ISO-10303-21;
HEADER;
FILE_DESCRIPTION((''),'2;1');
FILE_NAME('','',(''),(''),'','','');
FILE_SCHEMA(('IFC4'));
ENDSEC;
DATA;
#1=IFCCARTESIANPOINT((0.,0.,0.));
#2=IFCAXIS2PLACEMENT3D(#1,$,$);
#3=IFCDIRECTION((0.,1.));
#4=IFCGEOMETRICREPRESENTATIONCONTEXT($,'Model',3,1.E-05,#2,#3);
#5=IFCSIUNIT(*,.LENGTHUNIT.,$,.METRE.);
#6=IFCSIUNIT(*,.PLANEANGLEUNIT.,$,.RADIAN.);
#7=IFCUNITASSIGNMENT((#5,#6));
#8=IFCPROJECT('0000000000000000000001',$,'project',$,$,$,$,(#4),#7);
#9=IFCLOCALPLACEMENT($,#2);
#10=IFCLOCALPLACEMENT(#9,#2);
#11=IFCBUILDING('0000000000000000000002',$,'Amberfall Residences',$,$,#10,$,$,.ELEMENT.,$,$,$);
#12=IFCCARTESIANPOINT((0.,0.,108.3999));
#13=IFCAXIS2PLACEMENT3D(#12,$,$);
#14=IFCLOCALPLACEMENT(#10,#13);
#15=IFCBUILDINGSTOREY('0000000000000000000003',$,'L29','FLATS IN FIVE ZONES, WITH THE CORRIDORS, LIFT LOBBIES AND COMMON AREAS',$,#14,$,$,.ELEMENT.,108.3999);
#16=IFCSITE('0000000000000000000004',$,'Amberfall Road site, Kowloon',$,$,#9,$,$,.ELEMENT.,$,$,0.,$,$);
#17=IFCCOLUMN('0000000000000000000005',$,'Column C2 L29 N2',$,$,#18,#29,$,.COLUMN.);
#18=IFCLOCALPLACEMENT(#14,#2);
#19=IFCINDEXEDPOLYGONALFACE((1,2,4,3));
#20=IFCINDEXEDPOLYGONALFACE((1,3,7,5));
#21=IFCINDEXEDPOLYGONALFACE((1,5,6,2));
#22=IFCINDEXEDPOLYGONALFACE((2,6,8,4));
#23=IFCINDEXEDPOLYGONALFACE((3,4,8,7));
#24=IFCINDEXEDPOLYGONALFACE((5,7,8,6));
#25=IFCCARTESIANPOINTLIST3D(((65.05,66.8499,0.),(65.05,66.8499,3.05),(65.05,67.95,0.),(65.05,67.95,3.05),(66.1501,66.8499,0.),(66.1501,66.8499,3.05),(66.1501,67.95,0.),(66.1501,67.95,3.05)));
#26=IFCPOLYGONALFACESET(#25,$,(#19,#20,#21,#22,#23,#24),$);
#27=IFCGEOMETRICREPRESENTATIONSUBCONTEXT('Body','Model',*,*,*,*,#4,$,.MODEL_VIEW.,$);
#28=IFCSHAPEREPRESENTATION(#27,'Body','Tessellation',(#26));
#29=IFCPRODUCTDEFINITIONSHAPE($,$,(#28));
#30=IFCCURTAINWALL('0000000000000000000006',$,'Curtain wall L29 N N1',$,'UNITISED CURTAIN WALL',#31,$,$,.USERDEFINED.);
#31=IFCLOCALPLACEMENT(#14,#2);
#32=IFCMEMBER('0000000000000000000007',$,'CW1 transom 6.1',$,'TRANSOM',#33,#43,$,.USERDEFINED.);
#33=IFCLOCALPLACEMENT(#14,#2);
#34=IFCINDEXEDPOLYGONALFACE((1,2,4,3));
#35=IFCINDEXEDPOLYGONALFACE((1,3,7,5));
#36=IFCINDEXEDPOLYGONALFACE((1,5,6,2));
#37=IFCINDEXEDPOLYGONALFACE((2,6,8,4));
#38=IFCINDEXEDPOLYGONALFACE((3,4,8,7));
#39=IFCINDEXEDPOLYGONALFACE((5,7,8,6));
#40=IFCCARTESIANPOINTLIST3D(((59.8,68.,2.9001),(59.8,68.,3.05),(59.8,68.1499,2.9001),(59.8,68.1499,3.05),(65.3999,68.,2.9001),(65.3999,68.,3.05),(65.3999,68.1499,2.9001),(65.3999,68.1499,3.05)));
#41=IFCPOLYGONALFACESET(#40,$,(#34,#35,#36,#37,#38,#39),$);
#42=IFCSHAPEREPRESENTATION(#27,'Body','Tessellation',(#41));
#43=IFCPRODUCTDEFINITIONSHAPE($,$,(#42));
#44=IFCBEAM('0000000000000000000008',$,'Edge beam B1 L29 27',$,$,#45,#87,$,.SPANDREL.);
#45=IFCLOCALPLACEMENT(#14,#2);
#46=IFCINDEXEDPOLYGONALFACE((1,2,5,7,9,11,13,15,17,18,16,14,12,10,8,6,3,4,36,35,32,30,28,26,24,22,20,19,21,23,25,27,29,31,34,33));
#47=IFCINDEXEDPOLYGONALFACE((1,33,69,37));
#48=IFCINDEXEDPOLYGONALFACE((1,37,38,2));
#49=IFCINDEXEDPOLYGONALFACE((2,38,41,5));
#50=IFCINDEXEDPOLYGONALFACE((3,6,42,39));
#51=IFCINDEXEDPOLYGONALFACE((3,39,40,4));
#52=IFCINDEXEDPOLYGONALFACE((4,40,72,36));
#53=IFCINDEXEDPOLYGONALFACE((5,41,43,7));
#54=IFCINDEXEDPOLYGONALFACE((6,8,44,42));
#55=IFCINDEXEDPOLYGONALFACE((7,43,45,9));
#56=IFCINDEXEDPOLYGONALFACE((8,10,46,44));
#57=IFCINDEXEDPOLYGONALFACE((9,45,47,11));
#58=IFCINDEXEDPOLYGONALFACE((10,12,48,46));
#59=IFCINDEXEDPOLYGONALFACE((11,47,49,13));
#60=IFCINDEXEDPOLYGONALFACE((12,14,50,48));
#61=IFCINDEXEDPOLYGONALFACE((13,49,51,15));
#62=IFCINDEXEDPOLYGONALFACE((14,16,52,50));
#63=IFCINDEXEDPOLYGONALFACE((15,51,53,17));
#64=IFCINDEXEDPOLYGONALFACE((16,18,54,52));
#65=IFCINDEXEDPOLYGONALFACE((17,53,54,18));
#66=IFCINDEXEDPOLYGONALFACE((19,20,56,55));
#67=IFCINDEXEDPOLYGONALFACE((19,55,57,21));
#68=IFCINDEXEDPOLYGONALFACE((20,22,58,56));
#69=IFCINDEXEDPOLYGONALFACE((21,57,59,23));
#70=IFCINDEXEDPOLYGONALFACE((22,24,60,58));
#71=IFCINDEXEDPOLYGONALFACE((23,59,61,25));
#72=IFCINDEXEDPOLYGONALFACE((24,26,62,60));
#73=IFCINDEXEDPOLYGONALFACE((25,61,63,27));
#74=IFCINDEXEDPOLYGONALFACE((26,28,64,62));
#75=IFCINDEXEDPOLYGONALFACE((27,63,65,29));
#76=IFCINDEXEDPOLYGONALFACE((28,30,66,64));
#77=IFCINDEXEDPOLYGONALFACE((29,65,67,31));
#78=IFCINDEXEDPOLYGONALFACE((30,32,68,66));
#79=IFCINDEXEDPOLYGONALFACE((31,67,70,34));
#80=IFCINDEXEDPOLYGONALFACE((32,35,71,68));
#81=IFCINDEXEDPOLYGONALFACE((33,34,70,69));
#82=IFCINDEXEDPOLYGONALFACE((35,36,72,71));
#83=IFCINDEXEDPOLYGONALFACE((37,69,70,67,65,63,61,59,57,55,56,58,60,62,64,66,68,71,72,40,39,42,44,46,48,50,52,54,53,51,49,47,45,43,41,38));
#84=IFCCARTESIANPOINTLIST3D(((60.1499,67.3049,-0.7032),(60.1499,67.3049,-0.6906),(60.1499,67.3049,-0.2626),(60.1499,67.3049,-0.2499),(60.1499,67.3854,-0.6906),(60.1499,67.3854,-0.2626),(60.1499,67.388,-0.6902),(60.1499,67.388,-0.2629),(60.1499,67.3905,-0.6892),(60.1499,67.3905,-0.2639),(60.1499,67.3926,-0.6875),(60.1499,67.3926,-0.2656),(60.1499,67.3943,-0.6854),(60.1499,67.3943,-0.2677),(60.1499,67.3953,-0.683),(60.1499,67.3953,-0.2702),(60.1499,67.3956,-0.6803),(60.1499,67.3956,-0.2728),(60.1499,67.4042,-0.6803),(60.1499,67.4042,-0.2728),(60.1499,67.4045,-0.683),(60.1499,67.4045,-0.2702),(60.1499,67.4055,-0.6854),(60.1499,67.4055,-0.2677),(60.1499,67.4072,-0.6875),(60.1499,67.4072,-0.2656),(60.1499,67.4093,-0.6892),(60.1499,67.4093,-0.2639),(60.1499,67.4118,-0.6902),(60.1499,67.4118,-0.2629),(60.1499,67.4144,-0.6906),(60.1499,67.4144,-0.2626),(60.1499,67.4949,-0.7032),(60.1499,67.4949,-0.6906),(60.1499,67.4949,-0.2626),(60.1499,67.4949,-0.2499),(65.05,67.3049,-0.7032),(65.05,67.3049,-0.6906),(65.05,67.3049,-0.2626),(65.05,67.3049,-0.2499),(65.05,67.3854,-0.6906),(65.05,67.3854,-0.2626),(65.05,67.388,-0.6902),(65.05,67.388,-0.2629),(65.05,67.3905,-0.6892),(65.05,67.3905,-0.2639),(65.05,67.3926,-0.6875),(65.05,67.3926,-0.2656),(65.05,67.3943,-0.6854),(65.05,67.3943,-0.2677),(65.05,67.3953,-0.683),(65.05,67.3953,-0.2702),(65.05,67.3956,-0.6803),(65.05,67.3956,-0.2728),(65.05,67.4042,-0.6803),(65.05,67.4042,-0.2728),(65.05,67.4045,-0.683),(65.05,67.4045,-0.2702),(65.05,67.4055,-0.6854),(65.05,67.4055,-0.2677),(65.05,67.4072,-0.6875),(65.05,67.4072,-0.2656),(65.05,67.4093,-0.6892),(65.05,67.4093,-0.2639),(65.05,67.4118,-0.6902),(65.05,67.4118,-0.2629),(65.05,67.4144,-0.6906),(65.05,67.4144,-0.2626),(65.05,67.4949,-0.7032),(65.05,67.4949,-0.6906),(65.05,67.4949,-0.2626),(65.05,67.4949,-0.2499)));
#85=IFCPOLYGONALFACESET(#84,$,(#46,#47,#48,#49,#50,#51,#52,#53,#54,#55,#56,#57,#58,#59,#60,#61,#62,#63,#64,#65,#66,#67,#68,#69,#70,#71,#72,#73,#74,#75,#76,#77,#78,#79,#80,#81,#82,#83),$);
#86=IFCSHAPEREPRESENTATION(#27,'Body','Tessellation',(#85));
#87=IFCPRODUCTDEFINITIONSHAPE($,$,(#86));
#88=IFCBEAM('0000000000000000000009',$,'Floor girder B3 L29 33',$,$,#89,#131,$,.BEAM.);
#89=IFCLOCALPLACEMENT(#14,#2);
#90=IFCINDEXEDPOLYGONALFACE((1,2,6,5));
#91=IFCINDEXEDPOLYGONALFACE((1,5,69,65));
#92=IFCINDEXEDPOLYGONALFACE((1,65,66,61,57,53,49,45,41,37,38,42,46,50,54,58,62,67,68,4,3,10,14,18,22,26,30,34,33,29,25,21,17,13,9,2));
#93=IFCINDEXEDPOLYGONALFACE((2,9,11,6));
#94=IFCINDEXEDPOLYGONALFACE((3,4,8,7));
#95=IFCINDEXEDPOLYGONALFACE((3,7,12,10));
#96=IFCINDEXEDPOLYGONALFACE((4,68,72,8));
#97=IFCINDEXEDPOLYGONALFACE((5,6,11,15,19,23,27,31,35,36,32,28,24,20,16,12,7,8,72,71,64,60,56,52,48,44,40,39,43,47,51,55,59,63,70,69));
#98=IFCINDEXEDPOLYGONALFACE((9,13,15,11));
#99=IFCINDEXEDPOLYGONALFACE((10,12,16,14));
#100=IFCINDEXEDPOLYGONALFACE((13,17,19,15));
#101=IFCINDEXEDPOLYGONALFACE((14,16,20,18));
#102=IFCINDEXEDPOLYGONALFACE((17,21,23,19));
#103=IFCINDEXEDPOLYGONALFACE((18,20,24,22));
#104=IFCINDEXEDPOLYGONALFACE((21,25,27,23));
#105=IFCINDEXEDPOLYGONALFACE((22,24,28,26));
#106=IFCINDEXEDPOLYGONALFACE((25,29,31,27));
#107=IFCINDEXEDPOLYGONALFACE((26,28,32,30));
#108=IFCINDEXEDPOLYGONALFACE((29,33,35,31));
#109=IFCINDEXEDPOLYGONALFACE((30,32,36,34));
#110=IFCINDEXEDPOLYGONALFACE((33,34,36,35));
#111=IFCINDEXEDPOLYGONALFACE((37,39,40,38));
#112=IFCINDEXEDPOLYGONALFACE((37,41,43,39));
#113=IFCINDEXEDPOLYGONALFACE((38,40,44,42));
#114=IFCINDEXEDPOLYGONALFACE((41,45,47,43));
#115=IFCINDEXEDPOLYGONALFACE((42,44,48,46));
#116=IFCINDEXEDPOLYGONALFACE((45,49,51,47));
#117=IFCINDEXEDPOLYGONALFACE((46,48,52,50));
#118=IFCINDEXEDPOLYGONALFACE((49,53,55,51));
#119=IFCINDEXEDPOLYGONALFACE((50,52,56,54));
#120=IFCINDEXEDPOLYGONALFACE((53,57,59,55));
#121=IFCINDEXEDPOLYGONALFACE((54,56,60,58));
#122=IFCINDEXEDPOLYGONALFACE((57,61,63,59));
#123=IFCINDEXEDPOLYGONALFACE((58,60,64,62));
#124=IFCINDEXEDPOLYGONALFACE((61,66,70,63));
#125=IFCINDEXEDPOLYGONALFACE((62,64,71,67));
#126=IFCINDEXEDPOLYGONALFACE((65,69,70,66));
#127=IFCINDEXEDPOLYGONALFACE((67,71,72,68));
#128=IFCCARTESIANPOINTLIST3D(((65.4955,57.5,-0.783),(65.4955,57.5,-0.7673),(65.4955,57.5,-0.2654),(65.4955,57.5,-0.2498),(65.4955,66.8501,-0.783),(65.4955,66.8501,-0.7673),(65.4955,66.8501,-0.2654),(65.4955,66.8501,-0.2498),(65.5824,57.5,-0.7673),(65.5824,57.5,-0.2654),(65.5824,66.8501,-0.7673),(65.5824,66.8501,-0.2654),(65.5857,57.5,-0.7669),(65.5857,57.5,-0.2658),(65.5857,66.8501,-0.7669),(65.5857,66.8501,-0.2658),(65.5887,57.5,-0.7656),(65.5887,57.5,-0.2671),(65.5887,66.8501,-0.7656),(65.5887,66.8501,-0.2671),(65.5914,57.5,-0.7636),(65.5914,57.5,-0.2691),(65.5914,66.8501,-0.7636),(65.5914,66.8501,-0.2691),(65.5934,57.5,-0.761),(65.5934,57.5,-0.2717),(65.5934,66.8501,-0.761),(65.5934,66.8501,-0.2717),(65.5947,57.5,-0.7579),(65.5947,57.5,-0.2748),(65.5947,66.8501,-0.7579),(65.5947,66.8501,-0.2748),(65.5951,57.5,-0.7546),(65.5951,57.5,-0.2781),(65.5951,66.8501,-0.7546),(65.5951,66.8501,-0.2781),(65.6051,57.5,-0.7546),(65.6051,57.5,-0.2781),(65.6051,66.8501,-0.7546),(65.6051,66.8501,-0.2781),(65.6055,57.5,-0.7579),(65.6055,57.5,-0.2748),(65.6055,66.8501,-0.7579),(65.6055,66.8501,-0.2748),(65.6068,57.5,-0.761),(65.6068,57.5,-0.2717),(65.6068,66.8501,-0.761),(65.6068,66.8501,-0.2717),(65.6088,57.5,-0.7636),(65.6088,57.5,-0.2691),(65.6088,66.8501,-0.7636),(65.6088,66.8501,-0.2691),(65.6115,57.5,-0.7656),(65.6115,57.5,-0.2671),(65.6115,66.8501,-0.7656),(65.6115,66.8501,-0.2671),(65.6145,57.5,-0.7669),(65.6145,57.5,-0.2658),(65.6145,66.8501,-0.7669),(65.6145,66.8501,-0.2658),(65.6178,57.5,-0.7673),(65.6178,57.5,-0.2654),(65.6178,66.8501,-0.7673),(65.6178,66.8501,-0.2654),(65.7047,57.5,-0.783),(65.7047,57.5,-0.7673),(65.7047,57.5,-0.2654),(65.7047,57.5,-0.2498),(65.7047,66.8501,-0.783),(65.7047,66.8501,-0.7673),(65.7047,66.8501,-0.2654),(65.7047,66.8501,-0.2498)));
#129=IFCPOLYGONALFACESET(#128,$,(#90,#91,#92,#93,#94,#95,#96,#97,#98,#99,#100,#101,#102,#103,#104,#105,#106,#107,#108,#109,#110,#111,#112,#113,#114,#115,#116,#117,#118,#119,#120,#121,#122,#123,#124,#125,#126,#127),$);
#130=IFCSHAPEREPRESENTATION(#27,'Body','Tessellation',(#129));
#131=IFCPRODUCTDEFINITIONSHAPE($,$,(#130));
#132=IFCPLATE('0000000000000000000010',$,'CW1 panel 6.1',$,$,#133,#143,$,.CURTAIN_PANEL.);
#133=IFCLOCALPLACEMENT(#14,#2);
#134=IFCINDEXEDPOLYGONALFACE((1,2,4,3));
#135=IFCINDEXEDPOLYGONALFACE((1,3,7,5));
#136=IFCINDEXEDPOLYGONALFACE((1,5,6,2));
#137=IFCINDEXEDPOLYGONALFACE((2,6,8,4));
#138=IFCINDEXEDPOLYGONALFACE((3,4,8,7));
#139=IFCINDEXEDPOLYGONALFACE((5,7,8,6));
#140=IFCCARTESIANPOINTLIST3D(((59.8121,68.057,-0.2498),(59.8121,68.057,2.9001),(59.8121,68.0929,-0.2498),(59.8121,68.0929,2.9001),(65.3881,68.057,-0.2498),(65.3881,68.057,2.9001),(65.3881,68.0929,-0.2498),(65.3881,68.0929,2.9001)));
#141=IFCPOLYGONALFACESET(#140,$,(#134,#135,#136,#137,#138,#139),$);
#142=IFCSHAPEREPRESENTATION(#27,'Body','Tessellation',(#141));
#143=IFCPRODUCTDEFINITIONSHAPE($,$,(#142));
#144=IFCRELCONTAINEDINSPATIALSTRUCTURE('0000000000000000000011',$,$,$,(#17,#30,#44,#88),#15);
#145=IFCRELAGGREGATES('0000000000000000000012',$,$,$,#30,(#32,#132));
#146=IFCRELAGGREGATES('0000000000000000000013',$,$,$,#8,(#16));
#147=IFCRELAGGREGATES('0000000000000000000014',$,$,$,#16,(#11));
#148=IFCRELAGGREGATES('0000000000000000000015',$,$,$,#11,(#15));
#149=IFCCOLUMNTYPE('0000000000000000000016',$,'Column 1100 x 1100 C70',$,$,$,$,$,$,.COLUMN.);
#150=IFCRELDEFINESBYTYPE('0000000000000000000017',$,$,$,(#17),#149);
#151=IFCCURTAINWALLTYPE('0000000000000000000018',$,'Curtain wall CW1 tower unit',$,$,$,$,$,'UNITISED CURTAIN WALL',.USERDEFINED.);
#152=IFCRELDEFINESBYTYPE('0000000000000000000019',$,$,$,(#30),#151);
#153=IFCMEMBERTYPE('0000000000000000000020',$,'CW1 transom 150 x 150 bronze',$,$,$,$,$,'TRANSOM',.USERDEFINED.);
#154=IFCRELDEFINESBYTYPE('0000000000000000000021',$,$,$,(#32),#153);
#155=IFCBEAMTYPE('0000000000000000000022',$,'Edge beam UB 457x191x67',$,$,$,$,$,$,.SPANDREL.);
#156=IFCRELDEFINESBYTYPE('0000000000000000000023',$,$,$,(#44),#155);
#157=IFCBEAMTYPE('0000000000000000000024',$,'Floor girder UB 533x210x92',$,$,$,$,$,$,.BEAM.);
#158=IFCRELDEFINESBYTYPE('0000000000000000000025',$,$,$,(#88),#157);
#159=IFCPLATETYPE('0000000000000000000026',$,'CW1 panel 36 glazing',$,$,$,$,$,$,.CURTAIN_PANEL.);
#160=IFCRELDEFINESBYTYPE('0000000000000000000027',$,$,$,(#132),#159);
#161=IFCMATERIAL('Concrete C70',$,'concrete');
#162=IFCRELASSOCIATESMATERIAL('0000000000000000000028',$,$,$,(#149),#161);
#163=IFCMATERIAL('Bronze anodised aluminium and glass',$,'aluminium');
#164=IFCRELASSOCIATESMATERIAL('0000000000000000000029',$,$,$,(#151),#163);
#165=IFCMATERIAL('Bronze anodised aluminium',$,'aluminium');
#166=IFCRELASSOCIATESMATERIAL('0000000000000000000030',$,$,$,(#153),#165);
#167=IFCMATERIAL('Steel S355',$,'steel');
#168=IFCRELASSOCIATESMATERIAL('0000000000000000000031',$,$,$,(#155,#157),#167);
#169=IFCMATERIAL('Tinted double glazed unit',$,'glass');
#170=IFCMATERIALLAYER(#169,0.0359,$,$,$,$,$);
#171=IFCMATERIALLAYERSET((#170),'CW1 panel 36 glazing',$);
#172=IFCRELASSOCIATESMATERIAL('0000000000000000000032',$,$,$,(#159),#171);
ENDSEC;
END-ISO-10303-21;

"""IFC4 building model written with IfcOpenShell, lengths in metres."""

from ifc_helpers import new_model, si_unit, direction, frame, origin, origin_2d, place, context, subcontext, project, spatial, rectangle, i_section, extrude, material, layer, layer_set, material_profile, profile_set, type_object, element, aggregate, save


model = new_model("IFC4")

# Units and contexts
model_context = context("Model", 3, precision=1e-05, world=origin(), true_north=direction((0.0, 1.0)))
body_context = subcontext(model_context, "Body", "Model", "MODEL_VIEW")
ifc_project = project(units=[si_unit("LENGTHUNIT", "METRE"), si_unit("PLANEANGLEUNIT", "RADIAN")], contexts=[model_context])

# Site, building, storey
site_placement = place(None, origin())
site = spatial("IfcSite", under=ifc_project, at=site_placement, Name="Amberfall Road site, Kowloon", CompositionType="ELEMENT", RefElevation=0.0)
building_placement = place(site_placement, origin())
building = spatial("IfcBuilding", under=site, at=building_placement, Name="Amberfall Residences", CompositionType="ELEMENT")
storey_placement = place(building_placement, frame((0.0, 0.0, 108.3999)))
storey = spatial("IfcBuildingStorey", under=building, at=storey_placement, Name="L29", Description="FLATS IN FIVE ZONES, WITH THE CORRIDORS, LIFT LOBBIES AND COMMON AREAS", CompositionType="ELEMENT", Elevation=108.3999)

# Column
ifc_material_1 = material(Name="Concrete C70", Category="concrete")
ifc_material_profile_1 = material_profile(ifc_material_1, rectangle(XDim=1.1001, YDim=1.1001, at=origin_2d()), Name="Column 1100 x 1100 C70")
ifc_profile_set_1 = profile_set([ifc_material_profile_1], Name="Concrete C70")
column_type = type_object("IfcColumnType", Name="Column 1100 x 1100 C70", PredefinedType="COLUMN", material=ifc_profile_set_1)
column_placement = place(storey_placement, frame((65.6001, 67.3999, 0.0), z_axis=(0.0, 0.0, 1.0), x_axis=(1.0, 0.0, 0.0)))
element("IfcColumn", 1, at=column_placement, inside=storey, type_object=column_type, Name="Column C2 L29 N2", PredefinedType="COLUMN", context=body_context, shape_type="SweptSolid", body=[
    extrude(rectangle(XDim=1.1001, YDim=1.1001, at=origin_2d()), origin(), (0.0, 0.0, 1.0), 3.05),
])

# Curtain wall, member
ifc_material_2 = material(Name="Bronze anodised aluminium and glass", Category="aluminium")
curtain_wall_type = type_object("IfcCurtainWallType", Name="Curtain wall CW1 tower unit", ElementType="UNITISED CURTAIN WALL", PredefinedType="USERDEFINED", material=ifc_material_2)
curtain_wall_placement = place(storey_placement, origin())
curtain_wall = element("IfcCurtainWall", 2, at=curtain_wall_placement, inside=storey, type_object=curtain_wall_type, Name="Curtain wall L29 N N1", ObjectType="UNITISED CURTAIN WALL", PredefinedType="USERDEFINED")
ifc_material_3 = material(Name="Bronze anodised aluminium", Category="aluminium")
ifc_material_profile_2 = material_profile(ifc_material_3, rectangle(XDim=0.1499, YDim=0.1499, at=origin_2d()), Name="CW1 transom 150 x 150 bronze")
ifc_profile_set_2 = profile_set([ifc_material_profile_2], Name="Bronze anodised aluminium")
member_type = type_object("IfcMemberType", Name="CW1 transom 150 x 150 bronze", ElementType="TRANSOM", PredefinedType="USERDEFINED", material=ifc_profile_set_2)
member_placement = place(storey_placement, frame((65.3999, 68.075, 2.9751), z_axis=(-1.0, 0.0, 0.0), x_axis=(0.0, -1.0, 0.0)))
member = element("IfcMember", 3, at=member_placement, type_object=member_type, Name="CW1 transom 6.1", ObjectType="TRANSOM", PredefinedType="USERDEFINED", context=body_context, shape_type="SweptSolid", body=[
    extrude(rectangle(XDim=0.1499, YDim=0.1499, at=origin_2d()), origin(), (0.0, 0.0, 1.0), 5.5999),
])

# Beams
ifc_material_4 = material(Name="Steel S355", Category="steel")
ifc_material_profile_3 = material_profile(ifc_material_4, i_section(OverallWidth=0.1899, OverallDepth=0.4534, WebThickness=0.0085, FlangeThickness=0.0127, FilletRadius=0.0103, at=origin_2d()), Name="UB 457x191x67")
ifc_profile_set_3 = profile_set([ifc_material_profile_3], Name="Steel S355")
beam_type_1 = type_object("IfcBeamType", Name="Edge beam UB 457x191x67", PredefinedType="SPANDREL", material=ifc_profile_set_3)
beam_1_placement = place(storey_placement, frame((60.1499, 67.3999, -0.4766), z_axis=(1.0, 0.0, 0.0), x_axis=(0.0, 1.0, 0.0)))
element("IfcBeam", 4, at=beam_1_placement, inside=storey, type_object=beam_type_1, Name="Edge beam B1 L29 27", PredefinedType="SPANDREL", context=body_context, shape_type="SweptSolid", body=[
    extrude(i_section(OverallWidth=0.1899, OverallDepth=0.4534, WebThickness=0.0085, FlangeThickness=0.0127, FilletRadius=0.0103, at=origin_2d()), origin(), (0.0, 0.0, 1.0), 4.9001),
])
ifc_material_profile_4 = material_profile(ifc_material_4, i_section(OverallWidth=0.2092, OverallDepth=0.5332, WebThickness=0.01, FlangeThickness=0.0156, FilletRadius=0.0127, at=origin_2d()), Name="UB 533x210x92")
ifc_profile_set_4 = profile_set([ifc_material_profile_4], Name="Steel S355")
beam_type_2 = type_object("IfcBeamType", Name="Floor girder UB 533x210x92", PredefinedType="BEAM", material=ifc_profile_set_4)
beam_2_placement = place(storey_placement, frame((65.6001, 66.8501, -0.5164), z_axis=(0.0, -1.0, 0.0), x_axis=(1.0, 0.0, 0.0)))
element("IfcBeam", 5, at=beam_2_placement, inside=storey, type_object=beam_type_2, Name="Floor girder B3 L29 33", PredefinedType="BEAM", context=body_context, shape_type="SweptSolid", body=[
    extrude(i_section(OverallWidth=0.2092, OverallDepth=0.5332, WebThickness=0.01, FlangeThickness=0.0156, FilletRadius=0.0127, at=origin_2d()), origin(), (0.0, 0.0, 1.0), 9.3501),
])

# Plate
ifc_material_5 = material(Name="Tinted double glazed unit", Category="glass")
ifc_layer_1 = layer(ifc_material_5, 0.0359)
ifc_layer_set_1 = layer_set([ifc_layer_1], Name="CW1 panel 36 glazing")
plate_type = type_object("IfcPlateType", Name="CW1 panel 36 glazing", PredefinedType="CURTAIN_PANEL", material=ifc_layer_set_1)
plate_placement = place(storey_placement, frame((62.6001, 68.075, -0.2498), z_axis=(0.0, 0.0, 1.0), x_axis=(-1.0, 0.0, 0.0)))
plate = element("IfcPlate", 6, at=plate_placement, type_object=plate_type, Name="CW1 panel 6.1", PredefinedType="CURTAIN_PANEL", context=body_context, shape_type="SweptSolid", body=[
    extrude(rectangle(XDim=5.5759, YDim=0.0359, at=origin_2d()), origin(), (0.0, 0.0, 1.0), 3.1499),
])
aggregate(curtain_wall, [member, plate])

save(model, "model.ifc")
